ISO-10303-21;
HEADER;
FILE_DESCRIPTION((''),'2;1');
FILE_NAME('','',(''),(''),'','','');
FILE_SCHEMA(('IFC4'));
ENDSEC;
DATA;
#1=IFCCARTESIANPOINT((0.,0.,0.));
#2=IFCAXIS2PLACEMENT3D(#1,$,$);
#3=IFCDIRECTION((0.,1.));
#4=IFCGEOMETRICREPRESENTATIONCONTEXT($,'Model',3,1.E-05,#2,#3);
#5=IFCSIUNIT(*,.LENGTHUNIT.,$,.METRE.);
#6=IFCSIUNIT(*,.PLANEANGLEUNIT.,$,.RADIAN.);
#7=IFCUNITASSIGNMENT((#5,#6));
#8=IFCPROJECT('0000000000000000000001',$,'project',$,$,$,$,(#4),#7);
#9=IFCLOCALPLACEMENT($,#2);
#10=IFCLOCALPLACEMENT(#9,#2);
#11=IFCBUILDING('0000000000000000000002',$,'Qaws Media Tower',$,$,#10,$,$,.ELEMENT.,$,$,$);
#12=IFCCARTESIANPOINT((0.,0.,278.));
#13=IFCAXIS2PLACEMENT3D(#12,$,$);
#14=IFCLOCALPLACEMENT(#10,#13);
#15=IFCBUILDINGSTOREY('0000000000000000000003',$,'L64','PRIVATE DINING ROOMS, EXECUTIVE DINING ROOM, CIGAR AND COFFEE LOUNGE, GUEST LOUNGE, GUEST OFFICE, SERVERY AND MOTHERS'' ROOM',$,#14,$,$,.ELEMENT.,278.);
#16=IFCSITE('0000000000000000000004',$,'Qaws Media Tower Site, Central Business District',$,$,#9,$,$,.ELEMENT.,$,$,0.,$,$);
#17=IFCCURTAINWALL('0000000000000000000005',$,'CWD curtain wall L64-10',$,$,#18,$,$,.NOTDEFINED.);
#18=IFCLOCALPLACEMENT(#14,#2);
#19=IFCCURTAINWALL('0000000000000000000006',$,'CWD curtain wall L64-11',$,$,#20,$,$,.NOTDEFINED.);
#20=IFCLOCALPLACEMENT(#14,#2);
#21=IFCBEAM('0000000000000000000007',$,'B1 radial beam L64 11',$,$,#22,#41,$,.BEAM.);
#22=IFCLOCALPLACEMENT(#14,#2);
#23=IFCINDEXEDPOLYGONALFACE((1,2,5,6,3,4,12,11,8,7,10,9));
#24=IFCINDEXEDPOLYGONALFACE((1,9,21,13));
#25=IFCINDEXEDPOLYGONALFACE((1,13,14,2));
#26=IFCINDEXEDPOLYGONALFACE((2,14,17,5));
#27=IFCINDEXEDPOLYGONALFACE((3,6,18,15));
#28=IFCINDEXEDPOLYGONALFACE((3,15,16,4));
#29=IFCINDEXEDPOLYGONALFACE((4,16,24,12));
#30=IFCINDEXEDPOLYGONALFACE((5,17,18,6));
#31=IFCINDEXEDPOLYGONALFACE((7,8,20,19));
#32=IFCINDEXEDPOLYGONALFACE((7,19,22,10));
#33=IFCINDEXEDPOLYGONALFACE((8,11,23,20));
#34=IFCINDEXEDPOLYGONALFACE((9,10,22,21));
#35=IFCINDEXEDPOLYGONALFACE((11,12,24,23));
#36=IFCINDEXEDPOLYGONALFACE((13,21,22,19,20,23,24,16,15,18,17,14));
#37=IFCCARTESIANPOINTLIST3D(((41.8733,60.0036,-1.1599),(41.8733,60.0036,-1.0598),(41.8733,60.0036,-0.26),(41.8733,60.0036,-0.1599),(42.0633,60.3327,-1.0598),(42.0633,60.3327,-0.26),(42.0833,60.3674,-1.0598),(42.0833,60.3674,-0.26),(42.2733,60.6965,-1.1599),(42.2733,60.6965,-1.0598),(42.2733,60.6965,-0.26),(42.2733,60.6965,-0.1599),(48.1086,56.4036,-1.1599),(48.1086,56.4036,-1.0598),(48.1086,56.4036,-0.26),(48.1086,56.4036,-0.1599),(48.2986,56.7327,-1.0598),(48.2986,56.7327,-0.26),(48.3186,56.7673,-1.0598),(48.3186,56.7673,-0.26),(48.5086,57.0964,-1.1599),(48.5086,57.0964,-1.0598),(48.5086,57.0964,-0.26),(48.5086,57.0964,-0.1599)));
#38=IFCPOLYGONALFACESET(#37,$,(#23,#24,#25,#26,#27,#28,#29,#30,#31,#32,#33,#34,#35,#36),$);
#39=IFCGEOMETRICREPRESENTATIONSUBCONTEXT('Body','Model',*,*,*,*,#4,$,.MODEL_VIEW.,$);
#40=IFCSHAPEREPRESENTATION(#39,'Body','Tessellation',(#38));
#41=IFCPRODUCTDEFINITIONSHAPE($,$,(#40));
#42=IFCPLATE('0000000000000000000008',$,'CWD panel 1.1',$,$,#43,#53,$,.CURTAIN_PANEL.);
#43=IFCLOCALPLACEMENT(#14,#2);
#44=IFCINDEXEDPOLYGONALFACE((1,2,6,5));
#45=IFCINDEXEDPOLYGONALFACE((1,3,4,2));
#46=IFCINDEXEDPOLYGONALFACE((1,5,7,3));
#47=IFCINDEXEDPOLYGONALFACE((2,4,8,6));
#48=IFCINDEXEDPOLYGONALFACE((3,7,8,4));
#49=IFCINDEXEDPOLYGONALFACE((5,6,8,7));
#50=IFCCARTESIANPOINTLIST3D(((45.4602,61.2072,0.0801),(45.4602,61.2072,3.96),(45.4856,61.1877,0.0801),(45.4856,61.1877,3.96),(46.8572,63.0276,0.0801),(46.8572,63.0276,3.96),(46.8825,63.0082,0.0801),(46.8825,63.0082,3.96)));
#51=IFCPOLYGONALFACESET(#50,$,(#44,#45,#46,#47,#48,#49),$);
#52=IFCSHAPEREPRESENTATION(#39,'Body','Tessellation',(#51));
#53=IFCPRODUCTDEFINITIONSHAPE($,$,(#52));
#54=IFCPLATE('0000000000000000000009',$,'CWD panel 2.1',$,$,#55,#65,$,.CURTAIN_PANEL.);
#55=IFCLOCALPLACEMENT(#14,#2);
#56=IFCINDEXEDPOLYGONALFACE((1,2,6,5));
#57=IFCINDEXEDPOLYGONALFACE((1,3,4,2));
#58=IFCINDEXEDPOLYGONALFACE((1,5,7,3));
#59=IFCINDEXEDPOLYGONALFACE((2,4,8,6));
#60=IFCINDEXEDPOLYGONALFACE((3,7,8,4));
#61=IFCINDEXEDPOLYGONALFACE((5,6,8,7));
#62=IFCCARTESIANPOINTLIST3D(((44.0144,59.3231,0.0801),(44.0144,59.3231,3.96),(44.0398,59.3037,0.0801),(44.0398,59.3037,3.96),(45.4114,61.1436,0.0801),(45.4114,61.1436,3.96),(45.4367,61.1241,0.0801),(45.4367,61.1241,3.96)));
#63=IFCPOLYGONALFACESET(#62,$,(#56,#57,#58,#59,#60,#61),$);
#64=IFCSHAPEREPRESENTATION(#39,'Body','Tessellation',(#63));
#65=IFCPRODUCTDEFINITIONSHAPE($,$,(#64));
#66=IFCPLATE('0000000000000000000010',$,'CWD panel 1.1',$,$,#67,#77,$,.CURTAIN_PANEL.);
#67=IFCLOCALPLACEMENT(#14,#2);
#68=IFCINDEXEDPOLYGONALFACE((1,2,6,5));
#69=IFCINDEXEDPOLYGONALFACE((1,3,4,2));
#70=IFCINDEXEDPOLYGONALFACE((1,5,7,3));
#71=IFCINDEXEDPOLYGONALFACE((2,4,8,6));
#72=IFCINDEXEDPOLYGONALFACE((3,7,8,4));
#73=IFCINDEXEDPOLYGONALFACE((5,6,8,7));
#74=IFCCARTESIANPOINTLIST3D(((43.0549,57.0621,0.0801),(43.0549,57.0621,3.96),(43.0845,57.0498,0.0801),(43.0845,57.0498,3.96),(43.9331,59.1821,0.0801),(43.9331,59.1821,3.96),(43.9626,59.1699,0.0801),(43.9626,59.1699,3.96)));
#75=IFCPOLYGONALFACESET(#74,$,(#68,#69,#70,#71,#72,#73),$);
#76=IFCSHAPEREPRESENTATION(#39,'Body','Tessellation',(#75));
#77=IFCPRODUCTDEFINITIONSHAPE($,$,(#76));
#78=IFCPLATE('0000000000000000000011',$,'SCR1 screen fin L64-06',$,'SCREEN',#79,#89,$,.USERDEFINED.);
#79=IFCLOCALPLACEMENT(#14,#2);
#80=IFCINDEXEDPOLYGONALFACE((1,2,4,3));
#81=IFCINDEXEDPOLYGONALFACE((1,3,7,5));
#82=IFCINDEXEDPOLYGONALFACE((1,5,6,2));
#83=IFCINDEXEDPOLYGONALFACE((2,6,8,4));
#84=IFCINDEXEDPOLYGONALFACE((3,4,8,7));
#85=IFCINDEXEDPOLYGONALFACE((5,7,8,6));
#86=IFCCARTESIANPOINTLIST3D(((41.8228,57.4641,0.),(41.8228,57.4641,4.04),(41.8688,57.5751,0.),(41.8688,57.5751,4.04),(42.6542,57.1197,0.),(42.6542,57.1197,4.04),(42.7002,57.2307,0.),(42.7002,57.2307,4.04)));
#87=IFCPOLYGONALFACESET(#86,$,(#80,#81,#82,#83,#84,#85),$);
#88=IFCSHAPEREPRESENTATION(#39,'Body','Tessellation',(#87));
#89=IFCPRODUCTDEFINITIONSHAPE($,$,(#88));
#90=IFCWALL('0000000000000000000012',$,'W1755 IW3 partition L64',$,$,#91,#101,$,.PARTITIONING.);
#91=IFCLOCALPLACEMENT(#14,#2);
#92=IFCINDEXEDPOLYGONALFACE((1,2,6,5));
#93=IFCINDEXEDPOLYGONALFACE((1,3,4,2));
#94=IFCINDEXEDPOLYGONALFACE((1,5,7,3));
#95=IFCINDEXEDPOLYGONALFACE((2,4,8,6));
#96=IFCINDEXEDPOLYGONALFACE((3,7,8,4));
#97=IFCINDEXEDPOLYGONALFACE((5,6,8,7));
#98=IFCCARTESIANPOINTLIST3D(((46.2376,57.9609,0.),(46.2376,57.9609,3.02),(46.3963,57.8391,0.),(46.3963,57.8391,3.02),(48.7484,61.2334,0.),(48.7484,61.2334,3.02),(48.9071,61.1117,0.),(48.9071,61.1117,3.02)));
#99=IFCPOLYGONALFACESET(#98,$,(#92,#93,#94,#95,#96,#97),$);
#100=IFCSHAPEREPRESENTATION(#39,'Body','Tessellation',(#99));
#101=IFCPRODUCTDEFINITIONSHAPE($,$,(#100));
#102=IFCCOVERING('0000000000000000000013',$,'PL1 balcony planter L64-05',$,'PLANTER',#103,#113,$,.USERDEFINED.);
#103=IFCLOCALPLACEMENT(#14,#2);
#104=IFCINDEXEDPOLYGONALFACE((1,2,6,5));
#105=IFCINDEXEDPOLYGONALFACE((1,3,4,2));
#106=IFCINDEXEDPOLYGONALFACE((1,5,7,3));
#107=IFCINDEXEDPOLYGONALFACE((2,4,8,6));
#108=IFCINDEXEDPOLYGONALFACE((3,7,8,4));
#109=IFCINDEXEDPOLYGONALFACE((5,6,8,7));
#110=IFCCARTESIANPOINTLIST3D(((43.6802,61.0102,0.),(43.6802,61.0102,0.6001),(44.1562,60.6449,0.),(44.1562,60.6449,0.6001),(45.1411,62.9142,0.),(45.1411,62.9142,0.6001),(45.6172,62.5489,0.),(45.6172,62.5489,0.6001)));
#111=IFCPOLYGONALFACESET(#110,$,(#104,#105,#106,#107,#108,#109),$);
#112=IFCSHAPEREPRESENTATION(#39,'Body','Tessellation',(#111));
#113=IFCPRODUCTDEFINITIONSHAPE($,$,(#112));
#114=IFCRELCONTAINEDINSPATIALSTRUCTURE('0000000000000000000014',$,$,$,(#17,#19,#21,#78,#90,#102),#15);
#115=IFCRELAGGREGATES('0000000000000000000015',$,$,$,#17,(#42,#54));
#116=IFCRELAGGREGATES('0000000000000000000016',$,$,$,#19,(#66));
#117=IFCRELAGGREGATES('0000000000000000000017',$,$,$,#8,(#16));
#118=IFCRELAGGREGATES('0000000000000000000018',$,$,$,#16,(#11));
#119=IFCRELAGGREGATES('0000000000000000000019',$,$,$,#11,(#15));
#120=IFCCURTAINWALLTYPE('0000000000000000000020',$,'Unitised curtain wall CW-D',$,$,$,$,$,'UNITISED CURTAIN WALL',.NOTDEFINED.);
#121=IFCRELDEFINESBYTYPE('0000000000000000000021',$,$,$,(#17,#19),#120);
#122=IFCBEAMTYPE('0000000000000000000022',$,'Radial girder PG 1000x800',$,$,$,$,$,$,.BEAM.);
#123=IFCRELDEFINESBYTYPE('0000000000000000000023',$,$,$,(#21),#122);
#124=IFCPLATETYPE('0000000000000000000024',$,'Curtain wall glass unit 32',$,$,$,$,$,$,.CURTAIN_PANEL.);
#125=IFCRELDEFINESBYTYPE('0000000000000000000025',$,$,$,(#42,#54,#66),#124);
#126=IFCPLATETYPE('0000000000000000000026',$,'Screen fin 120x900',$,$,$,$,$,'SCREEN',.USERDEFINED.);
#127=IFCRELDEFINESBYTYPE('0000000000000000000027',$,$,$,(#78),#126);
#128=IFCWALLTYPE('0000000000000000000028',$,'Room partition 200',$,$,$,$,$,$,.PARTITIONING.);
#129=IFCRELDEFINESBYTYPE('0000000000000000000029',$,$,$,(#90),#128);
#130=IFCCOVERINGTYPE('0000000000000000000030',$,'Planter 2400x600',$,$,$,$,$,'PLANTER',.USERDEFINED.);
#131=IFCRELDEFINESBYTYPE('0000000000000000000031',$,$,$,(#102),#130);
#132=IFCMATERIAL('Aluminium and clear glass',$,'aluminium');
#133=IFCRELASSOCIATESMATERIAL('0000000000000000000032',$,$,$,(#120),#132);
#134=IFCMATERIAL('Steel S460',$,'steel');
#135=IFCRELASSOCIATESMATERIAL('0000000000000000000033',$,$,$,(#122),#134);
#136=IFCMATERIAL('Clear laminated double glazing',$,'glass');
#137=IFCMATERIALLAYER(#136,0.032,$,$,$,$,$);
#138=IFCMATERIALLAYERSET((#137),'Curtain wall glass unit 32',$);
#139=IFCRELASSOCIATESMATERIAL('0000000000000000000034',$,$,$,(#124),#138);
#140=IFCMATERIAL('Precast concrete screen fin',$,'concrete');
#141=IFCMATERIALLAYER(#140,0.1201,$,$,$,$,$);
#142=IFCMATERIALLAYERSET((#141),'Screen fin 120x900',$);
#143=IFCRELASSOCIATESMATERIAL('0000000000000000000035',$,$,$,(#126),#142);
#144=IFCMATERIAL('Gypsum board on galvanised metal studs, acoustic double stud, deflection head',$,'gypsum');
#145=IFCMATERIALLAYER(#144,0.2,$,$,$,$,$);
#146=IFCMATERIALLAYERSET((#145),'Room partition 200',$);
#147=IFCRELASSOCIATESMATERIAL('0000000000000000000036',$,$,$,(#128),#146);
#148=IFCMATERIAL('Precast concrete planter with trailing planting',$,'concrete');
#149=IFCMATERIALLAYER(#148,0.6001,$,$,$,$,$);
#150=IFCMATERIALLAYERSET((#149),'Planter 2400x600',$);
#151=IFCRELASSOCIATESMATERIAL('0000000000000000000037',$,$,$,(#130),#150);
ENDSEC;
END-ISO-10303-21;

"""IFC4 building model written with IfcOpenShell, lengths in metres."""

from ifc_helpers import new_model, si_unit, direction, frame, frame_2d, origin, origin_2d, place, context, subcontext, project, spatial, rectangle, i_section, extrude, material, layer, layer_set, material_profile, profile_set, type_object, element, aggregate, save


model = new_model("IFC4")

# Units and contexts
model_context = context("Model", 3, precision=1e-05, world=origin(), true_north=direction((0.0, 1.0)))
body_context = subcontext(model_context, "Body", "Model", "MODEL_VIEW")
ifc_project = project(units=[si_unit("LENGTHUNIT", "METRE"), si_unit("PLANEANGLEUNIT", "RADIAN")], contexts=[model_context])

# Site, building, storey
site_placement = place(None, origin())
site = spatial("IfcSite", under=ifc_project, at=site_placement, Name="Qaws Media Tower Site, Central Business District", CompositionType="ELEMENT", RefElevation=0.0)
building_placement = place(site_placement, origin())
building = spatial("IfcBuilding", under=site, at=building_placement, Name="Qaws Media Tower", CompositionType="ELEMENT")
storey_placement = place(building_placement, frame((0.0, 0.0, 278.0)))
storey = spatial("IfcBuildingStorey", under=building, at=storey_placement, Name="L64", Description="PRIVATE DINING ROOMS, EXECUTIVE DINING ROOM, CIGAR AND COFFEE LOUNGE, GUEST LOUNGE, GUEST OFFICE, SERVERY AND MOTHERS' ROOM", CompositionType="ELEMENT", Elevation=278.0)

# Shared definitions
ifc_material_1 = material(Name="Aluminium and clear glass", Category="aluminium")
curtain_wall_type = type_object("IfcCurtainWallType", Name="Unitised curtain wall CW-D", ElementType="UNITISED CURTAIN WALL", PredefinedType="NOTDEFINED", material=ifc_material_1)

# Curtain walls
curtain_wall_1_placement = place(storey_placement, origin())
curtain_wall_1 = element("IfcCurtainWall", 1, at=curtain_wall_1_placement, inside=storey, type_object=curtain_wall_type, Name="CWD curtain wall L64-10", PredefinedType="NOTDEFINED")
curtain_wall_2_placement = place(storey_placement, origin())
curtain_wall_2 = element("IfcCurtainWall", 2, at=curtain_wall_2_placement, inside=storey, type_object=curtain_wall_type, Name="CWD curtain wall L64-11", PredefinedType="NOTDEFINED")

# Beam
ifc_material_2 = material(Name="Steel S460", Category="steel")
ifc_material_profile_1 = material_profile(ifc_material_2, i_section(OverallWidth=0.8, OverallDepth=1.0, WebThickness=0.04, FlangeThickness=0.1001, at=origin_2d()), Name="PG 1000x800")
ifc_profile_set_1 = profile_set([ifc_material_profile_1], Name="Steel S460")
beam_type_1 = type_object("IfcBeamType", Name="Radial girder PG 1000x800", PredefinedType="BEAM", material=ifc_profile_set_1)
beam_1_placement = place(storey_placement, frame((48.3086, 56.75, -0.6599), z_axis=(-0.866018, 0.500012, 0.0), x_axis=(-0.500012, -0.866018, 0.0)))
element("IfcBeam", 3, at=beam_1_placement, inside=storey, type_object=beam_type_1, Name="B1 radial beam L64 11", PredefinedType="BEAM", context=body_context, shape_type="SweptSolid", body=[
    extrude(i_section(OverallWidth=0.8, OverallDepth=1.0, WebThickness=0.04, FlangeThickness=0.1001, at=origin_2d()), origin(), (0.0, 0.0, 1.0), 7.2),
])

# Plates
ifc_material_3 = material(Name="Clear laminated double glazing", Category="glass")
ifc_layer_1 = layer(ifc_material_3, 0.032)
ifc_layer_set_1 = layer_set([ifc_layer_1], Name="Curtain wall glass unit 32")
plate_type_1 = type_object("IfcPlateType", Name="Curtain wall glass unit 32", PredefinedType="CURTAIN_PANEL", material=ifc_layer_set_1)
plate_1_placement = place(storey_placement, frame((46.1714, 62.1077, 0.0801), z_axis=(0.0, 0.0, 1.0), x_axis=(-0.608762, -0.793353, 0.0)))
plate_1 = element("IfcPlate", 4, at=plate_1_placement, type_object=plate_type_1, Name="CWD panel 1.1", PredefinedType="CURTAIN_PANEL", context=body_context, shape_type="SweptSolid", body=[
    extrude(rectangle(XDim=2.2947, YDim=0.032, at=origin_2d()), origin(), (0.0, 0.0, 1.0), 3.8799),
])
plate_2_placement = place(storey_placement, frame((44.7256, 60.2236, 0.0801), z_axis=(0.0, 0.0, 1.0), x_axis=(-0.608762, -0.793353, 0.0)))
plate_2 = element("IfcPlate", 5, at=plate_2_placement, type_object=plate_type_1, Name="CWD panel 2.1", PredefinedType="CURTAIN_PANEL", context=body_context, shape_type="SweptSolid", body=[
    extrude(rectangle(XDim=2.2947, YDim=0.032, at=origin_2d()), origin(), (0.0, 0.0, 1.0), 3.8799),
])
aggregate(curtain_wall_1, [plate_1, plate_2])
plate_3_placement = place(storey_placement, frame((43.5088, 58.116, 0.0801), z_axis=(0.0, 0.0, 1.0), x_axis=(-0.382683, -0.92388, 0.0)))
plate_3 = element("IfcPlate", 6, at=plate_3_placement, type_object=plate_type_1, Name="CWD panel 1.1", PredefinedType="CURTAIN_PANEL", context=body_context, shape_type="SweptSolid", body=[
    extrude(rectangle(XDim=2.2947, YDim=0.032, at=origin_2d()), origin(), (0.0, 0.0, 1.0), 3.8799),
])
aggregate(curtain_wall_2, [plate_3])
ifc_material_4 = material(Name="Precast concrete screen fin", Category="concrete")
ifc_layer_2 = layer(ifc_material_4, 0.1201)
ifc_layer_set_2 = layer_set([ifc_layer_2], Name="Screen fin 120x900")
plate_type_2 = type_object("IfcPlateType", Name="Screen fin 120x900", ElementType="SCREEN", PredefinedType="USERDEFINED", material=ifc_layer_set_2)
plate_4_placement = place(storey_placement, frame((42.2615, 57.3474, 0.0), z_axis=(0.0, 0.0, 1.0), x_axis=(-0.92388, 0.382683, 0.0)))
element("IfcPlate", 7, at=plate_4_placement, inside=storey, type_object=plate_type_2, Name="SCR1 screen fin L64-06", ObjectType="SCREEN", PredefinedType="USERDEFINED", context=body_context, shape_type="SweptSolid", body=[
    extrude(rectangle(XDim=0.8999, YDim=0.1201, at=origin_2d()), origin(), (0.0, 0.0, 1.0), 4.04),
])

# Wall
ifc_material_5 = material(Name="Gypsum board on galvanised metal studs, acoustic double stud, deflection head", Category="gypsum")
ifc_layer_3 = layer(ifc_material_5, 0.2)
ifc_layer_set_3 = layer_set([ifc_layer_3], Name="Room partition 200")
wall_type = type_object("IfcWallType", Name="Room partition 200", PredefinedType="PARTITIONING", material=ifc_layer_set_3)
wall_placement = place(storey_placement, frame((46.3169, 57.8999, 0.0), z_axis=(0.0, 0.0, 1.0), x_axis=(0.608715, 0.793389, 0.0)))
element("IfcWall", 8, at=wall_placement, inside=storey, type_object=wall_type, Name="W1755 IW3 partition L64", PredefinedType="PARTITIONING", context=body_context, shape_type="SweptSolid", body=[
    extrude(rectangle(XDim=4.1248, YDim=0.2, at=frame_2d((2.0625, 0.0))), origin(), (0.0, 0.0, 1.0), 3.02),
])

# Covering
ifc_material_6 = material(Name="Precast concrete planter with trailing planting", Category="concrete")
ifc_layer_4 = layer(ifc_material_6, 0.6001)
ifc_layer_set_4 = layer_set([ifc_layer_4], Name="Planter 2400x600")
covering_type = type_object("IfcCoveringType", Name="Planter 2400x600", ElementType="PLANTER", PredefinedType="USERDEFINED", material=ifc_layer_set_4)
covering_placement = place(storey_placement, frame((44.6487, 61.7795, 0.0), z_axis=(0.0, 0.0, 1.0), x_axis=(-0.608761, -0.793353, 0.0)))
element("IfcCovering", 9, at=covering_placement, inside=storey, type_object=covering_type, Name="PL1 balcony planter L64-05", ObjectType="PLANTER", PredefinedType="USERDEFINED", context=body_context, shape_type="SweptSolid", body=[
    extrude(rectangle(XDim=2.3999, YDim=0.6001, at=origin_2d()), origin(), (0.0, 0.0, 1.0), 0.6001),
])

save(model, "model.ifc")
